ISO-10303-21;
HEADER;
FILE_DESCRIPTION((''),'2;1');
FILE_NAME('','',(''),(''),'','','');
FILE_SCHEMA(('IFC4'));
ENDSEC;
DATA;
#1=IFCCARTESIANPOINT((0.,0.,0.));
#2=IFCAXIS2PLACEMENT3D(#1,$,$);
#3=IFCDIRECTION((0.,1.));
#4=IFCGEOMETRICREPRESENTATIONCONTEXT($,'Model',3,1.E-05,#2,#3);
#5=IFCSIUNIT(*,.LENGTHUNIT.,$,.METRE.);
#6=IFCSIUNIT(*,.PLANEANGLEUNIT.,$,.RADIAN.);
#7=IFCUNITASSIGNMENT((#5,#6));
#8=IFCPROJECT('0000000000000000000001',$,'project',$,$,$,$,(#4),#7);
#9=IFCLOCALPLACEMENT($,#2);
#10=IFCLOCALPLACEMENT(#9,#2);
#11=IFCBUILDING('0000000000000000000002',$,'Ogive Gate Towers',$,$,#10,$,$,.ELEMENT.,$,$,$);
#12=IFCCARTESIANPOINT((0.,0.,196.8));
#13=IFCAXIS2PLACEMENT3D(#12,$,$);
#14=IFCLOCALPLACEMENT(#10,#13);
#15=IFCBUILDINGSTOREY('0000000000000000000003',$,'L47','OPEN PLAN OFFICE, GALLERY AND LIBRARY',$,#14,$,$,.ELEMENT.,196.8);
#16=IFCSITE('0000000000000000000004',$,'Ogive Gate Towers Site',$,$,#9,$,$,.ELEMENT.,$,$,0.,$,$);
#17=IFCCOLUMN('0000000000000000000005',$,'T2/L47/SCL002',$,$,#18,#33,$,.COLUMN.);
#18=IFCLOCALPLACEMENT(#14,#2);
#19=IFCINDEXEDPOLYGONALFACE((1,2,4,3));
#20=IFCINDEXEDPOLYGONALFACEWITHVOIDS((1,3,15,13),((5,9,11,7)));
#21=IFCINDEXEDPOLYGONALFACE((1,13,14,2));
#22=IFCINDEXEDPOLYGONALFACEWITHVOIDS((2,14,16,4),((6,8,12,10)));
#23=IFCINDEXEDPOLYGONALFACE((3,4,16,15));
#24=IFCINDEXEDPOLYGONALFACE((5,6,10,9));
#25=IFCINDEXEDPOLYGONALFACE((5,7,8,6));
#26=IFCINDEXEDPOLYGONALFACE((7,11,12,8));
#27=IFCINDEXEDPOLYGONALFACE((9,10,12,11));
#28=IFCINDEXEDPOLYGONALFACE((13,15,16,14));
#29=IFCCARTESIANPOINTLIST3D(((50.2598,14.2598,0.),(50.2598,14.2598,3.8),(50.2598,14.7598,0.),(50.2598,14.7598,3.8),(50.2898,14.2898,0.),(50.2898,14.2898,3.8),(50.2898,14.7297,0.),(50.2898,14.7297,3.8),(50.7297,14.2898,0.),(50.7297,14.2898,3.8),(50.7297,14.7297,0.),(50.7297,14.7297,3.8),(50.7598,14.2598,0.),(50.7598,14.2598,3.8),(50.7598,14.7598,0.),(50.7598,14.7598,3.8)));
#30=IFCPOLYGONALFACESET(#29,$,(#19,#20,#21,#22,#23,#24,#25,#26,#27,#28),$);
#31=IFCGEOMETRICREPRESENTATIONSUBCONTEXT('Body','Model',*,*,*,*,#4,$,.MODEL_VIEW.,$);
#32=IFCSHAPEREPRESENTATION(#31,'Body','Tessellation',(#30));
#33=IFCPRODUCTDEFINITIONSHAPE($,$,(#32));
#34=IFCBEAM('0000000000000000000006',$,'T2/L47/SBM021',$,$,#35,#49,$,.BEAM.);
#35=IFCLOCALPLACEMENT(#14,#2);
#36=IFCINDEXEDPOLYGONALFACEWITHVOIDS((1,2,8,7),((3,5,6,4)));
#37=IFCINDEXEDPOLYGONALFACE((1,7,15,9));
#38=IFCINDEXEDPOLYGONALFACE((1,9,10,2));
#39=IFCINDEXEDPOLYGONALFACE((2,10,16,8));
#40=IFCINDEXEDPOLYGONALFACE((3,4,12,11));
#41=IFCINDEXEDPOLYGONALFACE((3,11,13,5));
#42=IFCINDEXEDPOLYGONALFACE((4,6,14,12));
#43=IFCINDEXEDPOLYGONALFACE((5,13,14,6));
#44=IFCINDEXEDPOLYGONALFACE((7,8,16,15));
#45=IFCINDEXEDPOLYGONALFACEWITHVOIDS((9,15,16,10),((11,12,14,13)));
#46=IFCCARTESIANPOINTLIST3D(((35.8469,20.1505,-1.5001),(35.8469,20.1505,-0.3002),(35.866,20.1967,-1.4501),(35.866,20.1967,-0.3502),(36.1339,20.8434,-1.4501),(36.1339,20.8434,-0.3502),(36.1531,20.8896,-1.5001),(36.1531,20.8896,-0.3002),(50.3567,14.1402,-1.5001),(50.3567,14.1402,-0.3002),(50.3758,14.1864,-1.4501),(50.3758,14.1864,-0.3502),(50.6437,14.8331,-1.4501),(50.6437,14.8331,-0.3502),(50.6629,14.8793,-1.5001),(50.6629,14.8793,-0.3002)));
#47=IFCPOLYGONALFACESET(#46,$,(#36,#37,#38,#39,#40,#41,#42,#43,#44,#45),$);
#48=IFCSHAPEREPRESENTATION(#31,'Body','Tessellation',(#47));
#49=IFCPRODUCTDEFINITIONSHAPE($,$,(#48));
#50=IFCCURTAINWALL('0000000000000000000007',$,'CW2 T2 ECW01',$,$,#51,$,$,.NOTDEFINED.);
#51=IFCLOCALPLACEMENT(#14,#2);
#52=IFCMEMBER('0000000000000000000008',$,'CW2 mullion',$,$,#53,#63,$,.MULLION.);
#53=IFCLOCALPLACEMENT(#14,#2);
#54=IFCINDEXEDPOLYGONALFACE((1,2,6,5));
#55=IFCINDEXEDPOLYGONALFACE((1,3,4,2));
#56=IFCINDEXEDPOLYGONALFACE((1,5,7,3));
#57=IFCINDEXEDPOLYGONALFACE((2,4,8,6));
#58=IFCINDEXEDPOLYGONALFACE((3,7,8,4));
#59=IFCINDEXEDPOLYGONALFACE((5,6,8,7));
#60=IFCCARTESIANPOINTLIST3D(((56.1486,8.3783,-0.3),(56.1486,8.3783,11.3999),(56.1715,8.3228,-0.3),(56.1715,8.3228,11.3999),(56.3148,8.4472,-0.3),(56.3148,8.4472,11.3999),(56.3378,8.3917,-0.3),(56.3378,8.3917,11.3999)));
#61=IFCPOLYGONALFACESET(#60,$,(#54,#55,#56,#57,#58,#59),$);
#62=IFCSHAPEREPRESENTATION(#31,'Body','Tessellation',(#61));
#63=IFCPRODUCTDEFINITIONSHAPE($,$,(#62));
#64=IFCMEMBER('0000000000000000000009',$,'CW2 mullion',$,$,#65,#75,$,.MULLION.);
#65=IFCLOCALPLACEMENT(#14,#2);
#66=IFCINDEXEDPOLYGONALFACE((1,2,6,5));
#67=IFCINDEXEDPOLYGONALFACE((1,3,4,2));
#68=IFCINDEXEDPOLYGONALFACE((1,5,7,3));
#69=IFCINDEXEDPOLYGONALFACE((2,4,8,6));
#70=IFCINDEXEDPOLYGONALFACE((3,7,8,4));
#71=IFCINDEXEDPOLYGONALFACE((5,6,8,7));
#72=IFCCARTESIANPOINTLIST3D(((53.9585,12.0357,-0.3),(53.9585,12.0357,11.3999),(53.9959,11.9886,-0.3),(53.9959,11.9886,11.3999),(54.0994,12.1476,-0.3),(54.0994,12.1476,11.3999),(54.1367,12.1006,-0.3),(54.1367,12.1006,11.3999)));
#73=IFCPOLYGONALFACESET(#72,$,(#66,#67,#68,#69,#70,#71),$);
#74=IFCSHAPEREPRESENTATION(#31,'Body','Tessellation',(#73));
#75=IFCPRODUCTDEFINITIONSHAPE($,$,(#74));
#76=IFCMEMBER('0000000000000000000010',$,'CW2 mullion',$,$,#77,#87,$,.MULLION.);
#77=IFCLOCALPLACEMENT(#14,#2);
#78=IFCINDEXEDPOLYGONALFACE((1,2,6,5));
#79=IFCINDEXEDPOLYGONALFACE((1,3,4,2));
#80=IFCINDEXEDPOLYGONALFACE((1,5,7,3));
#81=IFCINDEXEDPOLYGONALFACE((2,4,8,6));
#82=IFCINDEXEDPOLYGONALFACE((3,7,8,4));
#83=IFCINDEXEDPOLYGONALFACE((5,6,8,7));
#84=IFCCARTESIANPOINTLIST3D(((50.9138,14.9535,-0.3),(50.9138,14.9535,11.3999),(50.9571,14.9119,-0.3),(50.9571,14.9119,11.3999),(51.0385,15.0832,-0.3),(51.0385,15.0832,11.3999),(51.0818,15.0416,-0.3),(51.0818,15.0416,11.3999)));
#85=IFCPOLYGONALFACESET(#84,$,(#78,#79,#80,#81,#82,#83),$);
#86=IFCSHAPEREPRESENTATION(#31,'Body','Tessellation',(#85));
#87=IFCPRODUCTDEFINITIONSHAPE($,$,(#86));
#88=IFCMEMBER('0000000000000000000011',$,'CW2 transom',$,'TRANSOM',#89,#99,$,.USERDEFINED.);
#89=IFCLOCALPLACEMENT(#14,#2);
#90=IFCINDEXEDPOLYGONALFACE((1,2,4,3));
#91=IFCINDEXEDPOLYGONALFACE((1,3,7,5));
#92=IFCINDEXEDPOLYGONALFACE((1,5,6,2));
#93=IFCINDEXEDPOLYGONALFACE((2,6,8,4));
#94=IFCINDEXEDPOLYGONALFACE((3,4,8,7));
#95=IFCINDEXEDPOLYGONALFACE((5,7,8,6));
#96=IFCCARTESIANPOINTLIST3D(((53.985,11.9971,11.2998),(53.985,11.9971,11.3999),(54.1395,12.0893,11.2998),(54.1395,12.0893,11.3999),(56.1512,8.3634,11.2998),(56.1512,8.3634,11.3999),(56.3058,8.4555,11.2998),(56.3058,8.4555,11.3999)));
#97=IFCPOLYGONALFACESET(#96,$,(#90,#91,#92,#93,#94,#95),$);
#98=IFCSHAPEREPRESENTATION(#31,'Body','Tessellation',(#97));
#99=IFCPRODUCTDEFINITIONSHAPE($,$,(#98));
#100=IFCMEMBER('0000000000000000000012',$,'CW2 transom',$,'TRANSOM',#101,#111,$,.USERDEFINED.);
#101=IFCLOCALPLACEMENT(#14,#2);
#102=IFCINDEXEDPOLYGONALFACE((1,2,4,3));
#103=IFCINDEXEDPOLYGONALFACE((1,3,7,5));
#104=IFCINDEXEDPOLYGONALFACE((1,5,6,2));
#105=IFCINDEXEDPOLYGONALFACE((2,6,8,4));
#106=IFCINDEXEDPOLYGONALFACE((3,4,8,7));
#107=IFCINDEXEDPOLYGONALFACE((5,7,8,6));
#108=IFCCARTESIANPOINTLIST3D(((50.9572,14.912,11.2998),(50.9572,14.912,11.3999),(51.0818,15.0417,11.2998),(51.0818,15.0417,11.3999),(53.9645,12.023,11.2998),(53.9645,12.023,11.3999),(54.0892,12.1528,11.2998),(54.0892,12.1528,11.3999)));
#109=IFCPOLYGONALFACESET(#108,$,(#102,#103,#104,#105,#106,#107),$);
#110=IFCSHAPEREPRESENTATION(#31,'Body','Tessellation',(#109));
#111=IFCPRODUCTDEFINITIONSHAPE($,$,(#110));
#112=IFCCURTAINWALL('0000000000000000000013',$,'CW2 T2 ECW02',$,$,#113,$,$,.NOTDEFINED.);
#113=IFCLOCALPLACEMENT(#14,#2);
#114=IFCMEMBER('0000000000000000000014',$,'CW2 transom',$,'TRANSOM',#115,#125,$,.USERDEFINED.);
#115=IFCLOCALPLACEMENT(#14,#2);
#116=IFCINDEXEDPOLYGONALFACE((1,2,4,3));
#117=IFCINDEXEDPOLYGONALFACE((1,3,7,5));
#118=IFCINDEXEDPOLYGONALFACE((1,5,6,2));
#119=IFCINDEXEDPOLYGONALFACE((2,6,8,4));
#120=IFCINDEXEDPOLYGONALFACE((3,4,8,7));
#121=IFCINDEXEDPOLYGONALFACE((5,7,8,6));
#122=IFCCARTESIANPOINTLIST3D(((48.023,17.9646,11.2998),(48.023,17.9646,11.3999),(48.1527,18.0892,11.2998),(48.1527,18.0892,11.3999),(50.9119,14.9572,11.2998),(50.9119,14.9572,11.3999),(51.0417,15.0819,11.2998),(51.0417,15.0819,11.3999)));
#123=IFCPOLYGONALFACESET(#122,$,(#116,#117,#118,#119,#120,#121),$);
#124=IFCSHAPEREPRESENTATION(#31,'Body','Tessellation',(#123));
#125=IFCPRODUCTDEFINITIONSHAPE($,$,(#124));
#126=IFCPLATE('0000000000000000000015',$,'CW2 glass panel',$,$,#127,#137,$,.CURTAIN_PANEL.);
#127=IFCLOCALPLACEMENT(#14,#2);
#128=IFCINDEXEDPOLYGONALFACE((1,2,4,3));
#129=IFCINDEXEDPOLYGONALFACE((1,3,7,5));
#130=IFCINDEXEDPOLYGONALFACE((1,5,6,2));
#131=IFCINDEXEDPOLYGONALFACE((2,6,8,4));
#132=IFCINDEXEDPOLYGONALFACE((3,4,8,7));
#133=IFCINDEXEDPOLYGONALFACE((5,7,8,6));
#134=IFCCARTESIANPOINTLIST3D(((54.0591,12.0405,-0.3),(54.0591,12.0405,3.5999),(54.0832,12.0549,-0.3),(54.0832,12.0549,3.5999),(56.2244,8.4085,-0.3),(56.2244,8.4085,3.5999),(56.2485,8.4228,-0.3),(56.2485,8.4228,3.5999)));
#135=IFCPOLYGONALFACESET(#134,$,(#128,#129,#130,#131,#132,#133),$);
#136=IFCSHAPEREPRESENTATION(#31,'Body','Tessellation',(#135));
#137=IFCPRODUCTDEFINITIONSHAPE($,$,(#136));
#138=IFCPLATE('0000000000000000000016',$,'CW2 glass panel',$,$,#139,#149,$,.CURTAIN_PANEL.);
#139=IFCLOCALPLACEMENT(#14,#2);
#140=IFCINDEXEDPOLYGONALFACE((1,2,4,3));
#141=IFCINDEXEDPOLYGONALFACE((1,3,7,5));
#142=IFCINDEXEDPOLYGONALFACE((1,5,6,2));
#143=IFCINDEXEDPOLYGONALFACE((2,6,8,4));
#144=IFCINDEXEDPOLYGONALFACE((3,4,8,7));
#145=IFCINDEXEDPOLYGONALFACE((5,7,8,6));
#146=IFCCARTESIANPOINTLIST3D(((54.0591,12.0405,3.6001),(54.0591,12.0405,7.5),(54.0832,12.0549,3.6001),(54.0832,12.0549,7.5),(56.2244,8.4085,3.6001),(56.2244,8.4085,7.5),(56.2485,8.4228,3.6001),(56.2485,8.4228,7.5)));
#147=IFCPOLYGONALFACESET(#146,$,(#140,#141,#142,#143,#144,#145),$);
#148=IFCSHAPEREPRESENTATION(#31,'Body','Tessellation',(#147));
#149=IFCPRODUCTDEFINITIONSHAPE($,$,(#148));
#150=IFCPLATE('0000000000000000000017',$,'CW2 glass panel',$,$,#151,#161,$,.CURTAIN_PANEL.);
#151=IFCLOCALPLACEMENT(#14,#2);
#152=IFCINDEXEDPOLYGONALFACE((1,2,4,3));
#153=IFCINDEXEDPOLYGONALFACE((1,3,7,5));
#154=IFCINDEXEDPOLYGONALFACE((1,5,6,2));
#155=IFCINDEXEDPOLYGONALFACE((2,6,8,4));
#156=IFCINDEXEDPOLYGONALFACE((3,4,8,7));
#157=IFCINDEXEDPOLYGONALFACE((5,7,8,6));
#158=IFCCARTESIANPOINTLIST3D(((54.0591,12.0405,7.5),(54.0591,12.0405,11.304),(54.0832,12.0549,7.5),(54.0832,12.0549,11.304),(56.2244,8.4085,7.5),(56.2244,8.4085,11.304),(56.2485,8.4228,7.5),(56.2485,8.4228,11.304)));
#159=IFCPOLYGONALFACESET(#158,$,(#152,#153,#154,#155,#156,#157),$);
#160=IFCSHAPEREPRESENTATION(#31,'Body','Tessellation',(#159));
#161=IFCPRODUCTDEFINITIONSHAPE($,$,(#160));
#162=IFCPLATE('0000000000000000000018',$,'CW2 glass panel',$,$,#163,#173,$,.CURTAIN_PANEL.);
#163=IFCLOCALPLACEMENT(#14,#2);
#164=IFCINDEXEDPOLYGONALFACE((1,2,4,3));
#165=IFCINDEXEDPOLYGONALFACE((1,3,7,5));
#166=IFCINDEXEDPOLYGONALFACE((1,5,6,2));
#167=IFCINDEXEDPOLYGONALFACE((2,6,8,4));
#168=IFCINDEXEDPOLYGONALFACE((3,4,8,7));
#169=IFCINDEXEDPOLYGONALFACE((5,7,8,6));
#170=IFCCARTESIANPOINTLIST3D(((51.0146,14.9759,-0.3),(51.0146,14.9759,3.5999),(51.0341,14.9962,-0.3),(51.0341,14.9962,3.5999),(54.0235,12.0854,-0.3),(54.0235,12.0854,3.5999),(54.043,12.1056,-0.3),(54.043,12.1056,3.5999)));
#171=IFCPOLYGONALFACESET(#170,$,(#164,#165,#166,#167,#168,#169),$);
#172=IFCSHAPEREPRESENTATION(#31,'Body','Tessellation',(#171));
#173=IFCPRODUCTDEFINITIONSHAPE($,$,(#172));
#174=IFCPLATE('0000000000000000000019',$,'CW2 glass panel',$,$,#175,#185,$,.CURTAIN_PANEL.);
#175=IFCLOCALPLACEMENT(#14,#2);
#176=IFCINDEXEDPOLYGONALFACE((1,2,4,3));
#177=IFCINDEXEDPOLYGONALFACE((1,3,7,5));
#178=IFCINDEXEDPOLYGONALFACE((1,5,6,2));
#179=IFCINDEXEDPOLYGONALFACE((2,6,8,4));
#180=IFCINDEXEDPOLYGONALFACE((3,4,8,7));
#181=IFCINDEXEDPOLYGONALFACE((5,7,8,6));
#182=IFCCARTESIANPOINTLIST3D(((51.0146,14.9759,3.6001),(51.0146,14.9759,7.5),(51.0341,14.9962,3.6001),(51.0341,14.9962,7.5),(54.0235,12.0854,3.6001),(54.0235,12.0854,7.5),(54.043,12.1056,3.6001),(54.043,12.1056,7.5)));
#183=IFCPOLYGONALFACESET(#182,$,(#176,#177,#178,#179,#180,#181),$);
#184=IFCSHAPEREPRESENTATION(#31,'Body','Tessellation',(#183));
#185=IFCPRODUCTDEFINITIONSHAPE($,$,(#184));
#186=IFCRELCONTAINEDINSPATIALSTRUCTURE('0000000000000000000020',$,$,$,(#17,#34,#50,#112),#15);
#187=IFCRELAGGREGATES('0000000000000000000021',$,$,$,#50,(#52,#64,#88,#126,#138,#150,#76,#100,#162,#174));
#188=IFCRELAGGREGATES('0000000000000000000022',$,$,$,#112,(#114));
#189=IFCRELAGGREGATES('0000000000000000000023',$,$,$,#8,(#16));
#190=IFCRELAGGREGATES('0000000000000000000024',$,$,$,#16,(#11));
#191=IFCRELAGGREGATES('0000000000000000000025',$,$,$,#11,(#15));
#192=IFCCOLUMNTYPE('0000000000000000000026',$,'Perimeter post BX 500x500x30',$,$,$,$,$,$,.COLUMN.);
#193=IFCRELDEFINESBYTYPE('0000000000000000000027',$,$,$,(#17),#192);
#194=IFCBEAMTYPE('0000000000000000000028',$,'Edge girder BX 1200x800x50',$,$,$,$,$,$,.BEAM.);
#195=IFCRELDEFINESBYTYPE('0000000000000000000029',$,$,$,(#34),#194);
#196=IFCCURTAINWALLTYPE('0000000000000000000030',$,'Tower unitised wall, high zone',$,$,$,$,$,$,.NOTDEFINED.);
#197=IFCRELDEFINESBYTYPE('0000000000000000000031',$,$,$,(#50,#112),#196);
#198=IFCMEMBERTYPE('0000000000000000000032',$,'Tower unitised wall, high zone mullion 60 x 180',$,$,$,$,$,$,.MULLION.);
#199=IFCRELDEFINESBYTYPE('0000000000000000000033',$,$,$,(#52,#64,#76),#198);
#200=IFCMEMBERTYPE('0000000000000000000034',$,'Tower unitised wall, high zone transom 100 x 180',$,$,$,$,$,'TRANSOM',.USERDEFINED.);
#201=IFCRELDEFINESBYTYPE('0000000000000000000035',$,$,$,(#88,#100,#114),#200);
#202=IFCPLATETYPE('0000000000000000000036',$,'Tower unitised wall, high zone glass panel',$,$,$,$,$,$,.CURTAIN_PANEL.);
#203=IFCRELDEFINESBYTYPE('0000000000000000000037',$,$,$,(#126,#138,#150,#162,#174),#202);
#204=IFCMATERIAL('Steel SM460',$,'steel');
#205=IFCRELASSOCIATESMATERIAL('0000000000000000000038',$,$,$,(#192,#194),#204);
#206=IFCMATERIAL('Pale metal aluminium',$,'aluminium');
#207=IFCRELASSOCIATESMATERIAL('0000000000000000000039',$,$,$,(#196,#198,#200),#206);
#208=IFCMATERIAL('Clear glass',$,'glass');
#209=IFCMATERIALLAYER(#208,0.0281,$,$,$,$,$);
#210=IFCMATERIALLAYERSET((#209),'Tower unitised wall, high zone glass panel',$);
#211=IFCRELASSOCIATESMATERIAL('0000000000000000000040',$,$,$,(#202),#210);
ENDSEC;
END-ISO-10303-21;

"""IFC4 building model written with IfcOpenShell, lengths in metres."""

from ifc_helpers import new_model, si_unit, direction, frame, origin, origin_2d, place, context, subcontext, project, spatial, rectangle, hollow_rectangle, extrude, material, layer, layer_set, material_profile, profile_set, type_object, element, aggregate, save


model = new_model("IFC4")

# Units and contexts
model_context = context("Model", 3, precision=1e-05, world=origin(), true_north=direction((0.0, 1.0)))
body_context = subcontext(model_context, "Body", "Model", "MODEL_VIEW")
ifc_project = project(units=[si_unit("LENGTHUNIT", "METRE"), si_unit("PLANEANGLEUNIT", "RADIAN")], contexts=[model_context])

# Site, building, storey
site_placement = place(None, origin())
site = spatial("IfcSite", under=ifc_project, at=site_placement, Name="Ogive Gate Towers Site", CompositionType="ELEMENT", RefElevation=0.0)
building_placement = place(site_placement, origin())
building = spatial("IfcBuilding", under=site, at=building_placement, Name="Ogive Gate Towers", CompositionType="ELEMENT")
storey_placement = place(building_placement, frame((0.0, 0.0, 196.8)))
storey = spatial("IfcBuildingStorey", under=building, at=storey_placement, Name="L47", Description="OPEN PLAN OFFICE, GALLERY AND LIBRARY", CompositionType="ELEMENT", Elevation=196.8)

# Column
ifc_material_1 = material(Name="Steel SM460", Category="steel")
ifc_material_profile_1 = material_profile(ifc_material_1, hollow_rectangle(XDim=0.5, YDim=0.5, WallThickness=0.03, at=origin_2d()), Name="BX 500x500x30")
ifc_profile_set_1 = profile_set([ifc_material_profile_1], Name="Steel SM460")
column_type = type_object("IfcColumnType", Name="Perimeter post BX 500x500x30", PredefinedType="COLUMN", material=ifc_profile_set_1)
column_placement = place(storey_placement, frame((50.5098, 14.5098, 0.0), z_axis=(0.0, 0.0, 1.0), x_axis=(1.0, 0.0, 0.0)))
element("IfcColumn", 1, at=column_placement, inside=storey, type_object=column_type, Name="T2/L47/SCL002", PredefinedType="COLUMN", context=body_context, shape_type="SweptSolid", body=[
    extrude(hollow_rectangle(XDim=0.5, YDim=0.5, WallThickness=0.03, at=origin_2d()), origin(), (0.0, 0.0, 1.0), 3.8),
])

# Beam
ifc_material_profile_2 = material_profile(ifc_material_1, hollow_rectangle(XDim=0.8, YDim=1.2, WallThickness=0.05, at=origin_2d()), Name="BX 1200x800x50")
ifc_profile_set_2 = profile_set([ifc_material_profile_2], Name="Steel SM460")
beam_type = type_object("IfcBeamType", Name="Edge girder BX 1200x800x50", PredefinedType="BEAM", material=ifc_profile_set_2)
beam_placement = place(storey_placement, frame((50.5098, 14.5098, -0.9001), z_axis=(-0.923877, 0.38269, 0.0), x_axis=(-0.38269, -0.923877, 0.0)))
element("IfcBeam", 2, at=beam_placement, inside=storey, type_object=beam_type, Name="T2/L47/SBM021", PredefinedType="BEAM", context=body_context, shape_type="SweptSolid", body=[
    extrude(hollow_rectangle(XDim=0.8, YDim=1.2, WallThickness=0.05, at=origin_2d()), origin(), (0.0, 0.0, 1.0), 15.7053),
])

# Curtain wall, members
ifc_material_2 = material(Name="Pale metal aluminium", Category="aluminium")
curtain_wall_type = type_object("IfcCurtainWallType", Name="Tower unitised wall, high zone", PredefinedType="NOTDEFINED", material=ifc_material_2)
curtain_wall_1_placement = place(storey_placement, origin())
curtain_wall_1 = element("IfcCurtainWall", 3, at=curtain_wall_1_placement, inside=storey, type_object=curtain_wall_type, Name="CW2 T2 ECW01", PredefinedType="NOTDEFINED")
ifc_material_profile_3 = material_profile(ifc_material_2, rectangle(XDim=0.1799, YDim=0.0601, at=origin_2d()), Name="60 x 180 aluminium box")
ifc_profile_set_3 = profile_set([ifc_material_profile_3], Name="Pale metal aluminium")
member_type_1 = type_object("IfcMemberType", Name="Tower unitised wall, high zone mullion 60 x 180", PredefinedType="MULLION", material=ifc_profile_set_3)
member_1_placement = place(storey_placement, frame((56.2432, 8.385, -0.3), z_axis=(0.0, 0.0, 1.0), x_axis=(0.92388, 0.382683, 0.0)))
member_1 = element("IfcMember", 4, at=member_1_placement, type_object=member_type_1, Name="CW2 mullion", PredefinedType="MULLION", context=body_context, shape_type="SweptSolid", body=[
    extrude(rectangle(XDim=0.1799, YDim=0.0601, at=origin_2d()), origin(), (0.0, 0.0, 1.0), 11.7),
])
member_2_placement = place(storey_placement, frame((54.0476, 12.0681, -0.3), z_axis=(0.0, 0.0, 1.0), x_axis=(0.78288, 0.622173, 0.0)))
member_2 = element("IfcMember", 5, at=member_2_placement, type_object=member_type_1, Name="CW2 mullion", PredefinedType="MULLION", context=body_context, shape_type="SweptSolid", body=[
    extrude(rectangle(XDim=0.1799, YDim=0.0601, at=origin_2d()), origin(), (0.0, 0.0, 1.0), 11.7),
])
member_3_placement = place(storey_placement, frame((50.9978, 14.9976, -0.3), z_axis=(0.0, 0.0, 1.0), x_axis=(0.692785, 0.721144, 0.0)))
member_3 = element("IfcMember", 6, at=member_3_placement, type_object=member_type_1, Name="CW2 mullion", PredefinedType="MULLION", context=body_context, shape_type="SweptSolid", body=[
    extrude(rectangle(XDim=0.1799, YDim=0.0601, at=origin_2d()), origin(), (0.0, 0.0, 1.0), 11.7),
])
ifc_material_profile_4 = material_profile(ifc_material_2, rectangle(XDim=0.1799, YDim=0.1001, at=origin_2d()), Name="100 x 180 aluminium box")
ifc_profile_set_4 = profile_set([ifc_material_profile_4], Name="Pale metal aluminium")
member_type_2 = type_object("IfcMemberType", Name="Tower unitised wall, high zone transom 100 x 180", ElementType="TRANSOM", PredefinedType="USERDEFINED", material=ifc_profile_set_4)
member_4_placement = place(storey_placement, frame((56.2285, 8.4094, 11.3499), z_axis=(-0.512058, 0.858951, 0.0), x_axis=(-0.858951, -0.512058, 0.0)))
member_4 = element("IfcMember", 7, at=member_4_placement, type_object=member_type_2, Name="CW2 transom", ObjectType="TRANSOM", PredefinedType="USERDEFINED", context=body_context, shape_type="SweptSolid", body=[
    extrude(rectangle(XDim=0.1799, YDim=0.1001, at=origin_2d()), origin(), (0.0, 0.0, 1.0), 4.2305),
])
member_5_placement = place(storey_placement, frame((54.0269, 12.0879, 11.3499), z_axis=(-0.721161, 0.692767, 0.0), x_axis=(-0.692767, -0.721161, 0.0)))
member_5 = element("IfcMember", 8, at=member_5_placement, type_object=member_type_2, Name="CW2 transom", ObjectType="TRANSOM", PredefinedType="USERDEFINED", context=body_context, shape_type="SweptSolid", body=[
    extrude(rectangle(XDim=0.1799, YDim=0.1001, at=origin_2d()), origin(), (0.0, 0.0, 1.0), 4.1702),
])

# Curtain wall, member
curtain_wall_2_placement = place(storey_placement, origin())
curtain_wall_2 = element("IfcCurtainWall", 9, at=curtain_wall_2_placement, inside=storey, type_object=curtain_wall_type, Name="CW2 T2 ECW02", PredefinedType="NOTDEFINED")
member_6_placement = place(storey_placement, frame((50.9768, 15.0195, 11.3499), z_axis=(-0.692767, 0.721161, 0.0), x_axis=(-0.721161, -0.692767, 0.0)))
member_6 = element("IfcMember", 10, at=member_6_placement, type_object=member_type_2, Name="CW2 transom", ObjectType="TRANSOM", PredefinedType="USERDEFINED", context=body_context, shape_type="SweptSolid", body=[
    extrude(rectangle(XDim=0.1799, YDim=0.1001, at=origin_2d()), origin(), (0.0, 0.0, 1.0), 4.1702),
])

# Plates
ifc_material_3 = material(Name="Clear glass", Category="glass")
ifc_layer = layer(ifc_material_3, 0.0281)
ifc_layer_set = layer_set([ifc_layer], Name="Tower unitised wall, high zone glass panel")
plate_type = type_object("IfcPlateType", Name="Tower unitised wall, high zone glass panel", PredefinedType="CURTAIN_PANEL", material=ifc_layer_set)
plate_1_placement = place(storey_placement, frame((55.1538, 10.2317, -0.3), z_axis=(0.0, 0.0, 1.0), x_axis=(-0.512058, 0.858951, 0.0)))
plate_1 = element("IfcPlate", 11, at=plate_1_placement, type_object=plate_type, Name="CW2 glass panel", PredefinedType="CURTAIN_PANEL", context=body_context, shape_type="SweptSolid", body=[
    extrude(rectangle(XDim=4.2285, YDim=0.0281, at=origin_2d()), origin(), (0.0, 0.0, 1.0), 3.8999),
])
plate_2_placement = place(storey_placement, frame((55.1538, 10.2317, 3.6001), z_axis=(0.0, 0.0, 1.0), x_axis=(-0.512058, 0.858951, 0.0)))
plate_2 = element("IfcPlate", 12, at=plate_2_placement, type_object=plate_type, Name="CW2 glass panel", PredefinedType="CURTAIN_PANEL", context=body_context, shape_type="SweptSolid", body=[
    extrude(rectangle(XDim=4.2285, YDim=0.0281, at=origin_2d()), origin(), (0.0, 0.0, 1.0), 3.8999),
])
plate_3_placement = place(storey_placement, frame((55.1538, 10.2317, 7.5), z_axis=(0.0, 0.0, 1.0), x_axis=(-0.512058, 0.858951, 0.0)))
plate_3 = element("IfcPlate", 13, at=plate_3_placement, type_object=plate_type, Name="CW2 glass panel", PredefinedType="CURTAIN_PANEL", context=body_context, shape_type="SweptSolid", body=[
    extrude(rectangle(XDim=4.2285, YDim=0.0281, at=origin_2d()), origin(), (0.0, 0.0, 1.0), 3.804),
])
plate_4_placement = place(storey_placement, frame((52.5288, 13.5408, -0.3), z_axis=(0.0, 0.0, 1.0), x_axis=(-0.721144, 0.692785, 0.0)))
plate_4 = element("IfcPlate", 14, at=plate_4_placement, type_object=plate_type, Name="CW2 glass panel", PredefinedType="CURTAIN_PANEL", context=body_context, shape_type="SweptSolid", body=[
    extrude(rectangle(XDim=4.1724, YDim=0.0281, at=origin_2d()), origin(), (0.0, 0.0, 1.0), 3.8999),
])
plate_5_placement = place(storey_placement, frame((52.5288, 13.5408, 3.6001), z_axis=(0.0, 0.0, 1.0), x_axis=(-0.721144, 0.692785, 0.0)))
plate_5 = element("IfcPlate", 15, at=plate_5_placement, type_object=plate_type, Name="CW2 glass panel", PredefinedType="CURTAIN_PANEL", context=body_context, shape_type="SweptSolid", body=[
    extrude(rectangle(XDim=4.1724, YDim=0.0281, at=origin_2d()), origin(), (0.0, 0.0, 1.0), 3.8999),
])
aggregate(curtain_wall_1, [member_1, member_2, member_4, plate_1, plate_2, plate_3, member_3, member_5, plate_4, plate_5])
aggregate(curtain_wall_2, [member_6])

save(model, "model.ifc")
